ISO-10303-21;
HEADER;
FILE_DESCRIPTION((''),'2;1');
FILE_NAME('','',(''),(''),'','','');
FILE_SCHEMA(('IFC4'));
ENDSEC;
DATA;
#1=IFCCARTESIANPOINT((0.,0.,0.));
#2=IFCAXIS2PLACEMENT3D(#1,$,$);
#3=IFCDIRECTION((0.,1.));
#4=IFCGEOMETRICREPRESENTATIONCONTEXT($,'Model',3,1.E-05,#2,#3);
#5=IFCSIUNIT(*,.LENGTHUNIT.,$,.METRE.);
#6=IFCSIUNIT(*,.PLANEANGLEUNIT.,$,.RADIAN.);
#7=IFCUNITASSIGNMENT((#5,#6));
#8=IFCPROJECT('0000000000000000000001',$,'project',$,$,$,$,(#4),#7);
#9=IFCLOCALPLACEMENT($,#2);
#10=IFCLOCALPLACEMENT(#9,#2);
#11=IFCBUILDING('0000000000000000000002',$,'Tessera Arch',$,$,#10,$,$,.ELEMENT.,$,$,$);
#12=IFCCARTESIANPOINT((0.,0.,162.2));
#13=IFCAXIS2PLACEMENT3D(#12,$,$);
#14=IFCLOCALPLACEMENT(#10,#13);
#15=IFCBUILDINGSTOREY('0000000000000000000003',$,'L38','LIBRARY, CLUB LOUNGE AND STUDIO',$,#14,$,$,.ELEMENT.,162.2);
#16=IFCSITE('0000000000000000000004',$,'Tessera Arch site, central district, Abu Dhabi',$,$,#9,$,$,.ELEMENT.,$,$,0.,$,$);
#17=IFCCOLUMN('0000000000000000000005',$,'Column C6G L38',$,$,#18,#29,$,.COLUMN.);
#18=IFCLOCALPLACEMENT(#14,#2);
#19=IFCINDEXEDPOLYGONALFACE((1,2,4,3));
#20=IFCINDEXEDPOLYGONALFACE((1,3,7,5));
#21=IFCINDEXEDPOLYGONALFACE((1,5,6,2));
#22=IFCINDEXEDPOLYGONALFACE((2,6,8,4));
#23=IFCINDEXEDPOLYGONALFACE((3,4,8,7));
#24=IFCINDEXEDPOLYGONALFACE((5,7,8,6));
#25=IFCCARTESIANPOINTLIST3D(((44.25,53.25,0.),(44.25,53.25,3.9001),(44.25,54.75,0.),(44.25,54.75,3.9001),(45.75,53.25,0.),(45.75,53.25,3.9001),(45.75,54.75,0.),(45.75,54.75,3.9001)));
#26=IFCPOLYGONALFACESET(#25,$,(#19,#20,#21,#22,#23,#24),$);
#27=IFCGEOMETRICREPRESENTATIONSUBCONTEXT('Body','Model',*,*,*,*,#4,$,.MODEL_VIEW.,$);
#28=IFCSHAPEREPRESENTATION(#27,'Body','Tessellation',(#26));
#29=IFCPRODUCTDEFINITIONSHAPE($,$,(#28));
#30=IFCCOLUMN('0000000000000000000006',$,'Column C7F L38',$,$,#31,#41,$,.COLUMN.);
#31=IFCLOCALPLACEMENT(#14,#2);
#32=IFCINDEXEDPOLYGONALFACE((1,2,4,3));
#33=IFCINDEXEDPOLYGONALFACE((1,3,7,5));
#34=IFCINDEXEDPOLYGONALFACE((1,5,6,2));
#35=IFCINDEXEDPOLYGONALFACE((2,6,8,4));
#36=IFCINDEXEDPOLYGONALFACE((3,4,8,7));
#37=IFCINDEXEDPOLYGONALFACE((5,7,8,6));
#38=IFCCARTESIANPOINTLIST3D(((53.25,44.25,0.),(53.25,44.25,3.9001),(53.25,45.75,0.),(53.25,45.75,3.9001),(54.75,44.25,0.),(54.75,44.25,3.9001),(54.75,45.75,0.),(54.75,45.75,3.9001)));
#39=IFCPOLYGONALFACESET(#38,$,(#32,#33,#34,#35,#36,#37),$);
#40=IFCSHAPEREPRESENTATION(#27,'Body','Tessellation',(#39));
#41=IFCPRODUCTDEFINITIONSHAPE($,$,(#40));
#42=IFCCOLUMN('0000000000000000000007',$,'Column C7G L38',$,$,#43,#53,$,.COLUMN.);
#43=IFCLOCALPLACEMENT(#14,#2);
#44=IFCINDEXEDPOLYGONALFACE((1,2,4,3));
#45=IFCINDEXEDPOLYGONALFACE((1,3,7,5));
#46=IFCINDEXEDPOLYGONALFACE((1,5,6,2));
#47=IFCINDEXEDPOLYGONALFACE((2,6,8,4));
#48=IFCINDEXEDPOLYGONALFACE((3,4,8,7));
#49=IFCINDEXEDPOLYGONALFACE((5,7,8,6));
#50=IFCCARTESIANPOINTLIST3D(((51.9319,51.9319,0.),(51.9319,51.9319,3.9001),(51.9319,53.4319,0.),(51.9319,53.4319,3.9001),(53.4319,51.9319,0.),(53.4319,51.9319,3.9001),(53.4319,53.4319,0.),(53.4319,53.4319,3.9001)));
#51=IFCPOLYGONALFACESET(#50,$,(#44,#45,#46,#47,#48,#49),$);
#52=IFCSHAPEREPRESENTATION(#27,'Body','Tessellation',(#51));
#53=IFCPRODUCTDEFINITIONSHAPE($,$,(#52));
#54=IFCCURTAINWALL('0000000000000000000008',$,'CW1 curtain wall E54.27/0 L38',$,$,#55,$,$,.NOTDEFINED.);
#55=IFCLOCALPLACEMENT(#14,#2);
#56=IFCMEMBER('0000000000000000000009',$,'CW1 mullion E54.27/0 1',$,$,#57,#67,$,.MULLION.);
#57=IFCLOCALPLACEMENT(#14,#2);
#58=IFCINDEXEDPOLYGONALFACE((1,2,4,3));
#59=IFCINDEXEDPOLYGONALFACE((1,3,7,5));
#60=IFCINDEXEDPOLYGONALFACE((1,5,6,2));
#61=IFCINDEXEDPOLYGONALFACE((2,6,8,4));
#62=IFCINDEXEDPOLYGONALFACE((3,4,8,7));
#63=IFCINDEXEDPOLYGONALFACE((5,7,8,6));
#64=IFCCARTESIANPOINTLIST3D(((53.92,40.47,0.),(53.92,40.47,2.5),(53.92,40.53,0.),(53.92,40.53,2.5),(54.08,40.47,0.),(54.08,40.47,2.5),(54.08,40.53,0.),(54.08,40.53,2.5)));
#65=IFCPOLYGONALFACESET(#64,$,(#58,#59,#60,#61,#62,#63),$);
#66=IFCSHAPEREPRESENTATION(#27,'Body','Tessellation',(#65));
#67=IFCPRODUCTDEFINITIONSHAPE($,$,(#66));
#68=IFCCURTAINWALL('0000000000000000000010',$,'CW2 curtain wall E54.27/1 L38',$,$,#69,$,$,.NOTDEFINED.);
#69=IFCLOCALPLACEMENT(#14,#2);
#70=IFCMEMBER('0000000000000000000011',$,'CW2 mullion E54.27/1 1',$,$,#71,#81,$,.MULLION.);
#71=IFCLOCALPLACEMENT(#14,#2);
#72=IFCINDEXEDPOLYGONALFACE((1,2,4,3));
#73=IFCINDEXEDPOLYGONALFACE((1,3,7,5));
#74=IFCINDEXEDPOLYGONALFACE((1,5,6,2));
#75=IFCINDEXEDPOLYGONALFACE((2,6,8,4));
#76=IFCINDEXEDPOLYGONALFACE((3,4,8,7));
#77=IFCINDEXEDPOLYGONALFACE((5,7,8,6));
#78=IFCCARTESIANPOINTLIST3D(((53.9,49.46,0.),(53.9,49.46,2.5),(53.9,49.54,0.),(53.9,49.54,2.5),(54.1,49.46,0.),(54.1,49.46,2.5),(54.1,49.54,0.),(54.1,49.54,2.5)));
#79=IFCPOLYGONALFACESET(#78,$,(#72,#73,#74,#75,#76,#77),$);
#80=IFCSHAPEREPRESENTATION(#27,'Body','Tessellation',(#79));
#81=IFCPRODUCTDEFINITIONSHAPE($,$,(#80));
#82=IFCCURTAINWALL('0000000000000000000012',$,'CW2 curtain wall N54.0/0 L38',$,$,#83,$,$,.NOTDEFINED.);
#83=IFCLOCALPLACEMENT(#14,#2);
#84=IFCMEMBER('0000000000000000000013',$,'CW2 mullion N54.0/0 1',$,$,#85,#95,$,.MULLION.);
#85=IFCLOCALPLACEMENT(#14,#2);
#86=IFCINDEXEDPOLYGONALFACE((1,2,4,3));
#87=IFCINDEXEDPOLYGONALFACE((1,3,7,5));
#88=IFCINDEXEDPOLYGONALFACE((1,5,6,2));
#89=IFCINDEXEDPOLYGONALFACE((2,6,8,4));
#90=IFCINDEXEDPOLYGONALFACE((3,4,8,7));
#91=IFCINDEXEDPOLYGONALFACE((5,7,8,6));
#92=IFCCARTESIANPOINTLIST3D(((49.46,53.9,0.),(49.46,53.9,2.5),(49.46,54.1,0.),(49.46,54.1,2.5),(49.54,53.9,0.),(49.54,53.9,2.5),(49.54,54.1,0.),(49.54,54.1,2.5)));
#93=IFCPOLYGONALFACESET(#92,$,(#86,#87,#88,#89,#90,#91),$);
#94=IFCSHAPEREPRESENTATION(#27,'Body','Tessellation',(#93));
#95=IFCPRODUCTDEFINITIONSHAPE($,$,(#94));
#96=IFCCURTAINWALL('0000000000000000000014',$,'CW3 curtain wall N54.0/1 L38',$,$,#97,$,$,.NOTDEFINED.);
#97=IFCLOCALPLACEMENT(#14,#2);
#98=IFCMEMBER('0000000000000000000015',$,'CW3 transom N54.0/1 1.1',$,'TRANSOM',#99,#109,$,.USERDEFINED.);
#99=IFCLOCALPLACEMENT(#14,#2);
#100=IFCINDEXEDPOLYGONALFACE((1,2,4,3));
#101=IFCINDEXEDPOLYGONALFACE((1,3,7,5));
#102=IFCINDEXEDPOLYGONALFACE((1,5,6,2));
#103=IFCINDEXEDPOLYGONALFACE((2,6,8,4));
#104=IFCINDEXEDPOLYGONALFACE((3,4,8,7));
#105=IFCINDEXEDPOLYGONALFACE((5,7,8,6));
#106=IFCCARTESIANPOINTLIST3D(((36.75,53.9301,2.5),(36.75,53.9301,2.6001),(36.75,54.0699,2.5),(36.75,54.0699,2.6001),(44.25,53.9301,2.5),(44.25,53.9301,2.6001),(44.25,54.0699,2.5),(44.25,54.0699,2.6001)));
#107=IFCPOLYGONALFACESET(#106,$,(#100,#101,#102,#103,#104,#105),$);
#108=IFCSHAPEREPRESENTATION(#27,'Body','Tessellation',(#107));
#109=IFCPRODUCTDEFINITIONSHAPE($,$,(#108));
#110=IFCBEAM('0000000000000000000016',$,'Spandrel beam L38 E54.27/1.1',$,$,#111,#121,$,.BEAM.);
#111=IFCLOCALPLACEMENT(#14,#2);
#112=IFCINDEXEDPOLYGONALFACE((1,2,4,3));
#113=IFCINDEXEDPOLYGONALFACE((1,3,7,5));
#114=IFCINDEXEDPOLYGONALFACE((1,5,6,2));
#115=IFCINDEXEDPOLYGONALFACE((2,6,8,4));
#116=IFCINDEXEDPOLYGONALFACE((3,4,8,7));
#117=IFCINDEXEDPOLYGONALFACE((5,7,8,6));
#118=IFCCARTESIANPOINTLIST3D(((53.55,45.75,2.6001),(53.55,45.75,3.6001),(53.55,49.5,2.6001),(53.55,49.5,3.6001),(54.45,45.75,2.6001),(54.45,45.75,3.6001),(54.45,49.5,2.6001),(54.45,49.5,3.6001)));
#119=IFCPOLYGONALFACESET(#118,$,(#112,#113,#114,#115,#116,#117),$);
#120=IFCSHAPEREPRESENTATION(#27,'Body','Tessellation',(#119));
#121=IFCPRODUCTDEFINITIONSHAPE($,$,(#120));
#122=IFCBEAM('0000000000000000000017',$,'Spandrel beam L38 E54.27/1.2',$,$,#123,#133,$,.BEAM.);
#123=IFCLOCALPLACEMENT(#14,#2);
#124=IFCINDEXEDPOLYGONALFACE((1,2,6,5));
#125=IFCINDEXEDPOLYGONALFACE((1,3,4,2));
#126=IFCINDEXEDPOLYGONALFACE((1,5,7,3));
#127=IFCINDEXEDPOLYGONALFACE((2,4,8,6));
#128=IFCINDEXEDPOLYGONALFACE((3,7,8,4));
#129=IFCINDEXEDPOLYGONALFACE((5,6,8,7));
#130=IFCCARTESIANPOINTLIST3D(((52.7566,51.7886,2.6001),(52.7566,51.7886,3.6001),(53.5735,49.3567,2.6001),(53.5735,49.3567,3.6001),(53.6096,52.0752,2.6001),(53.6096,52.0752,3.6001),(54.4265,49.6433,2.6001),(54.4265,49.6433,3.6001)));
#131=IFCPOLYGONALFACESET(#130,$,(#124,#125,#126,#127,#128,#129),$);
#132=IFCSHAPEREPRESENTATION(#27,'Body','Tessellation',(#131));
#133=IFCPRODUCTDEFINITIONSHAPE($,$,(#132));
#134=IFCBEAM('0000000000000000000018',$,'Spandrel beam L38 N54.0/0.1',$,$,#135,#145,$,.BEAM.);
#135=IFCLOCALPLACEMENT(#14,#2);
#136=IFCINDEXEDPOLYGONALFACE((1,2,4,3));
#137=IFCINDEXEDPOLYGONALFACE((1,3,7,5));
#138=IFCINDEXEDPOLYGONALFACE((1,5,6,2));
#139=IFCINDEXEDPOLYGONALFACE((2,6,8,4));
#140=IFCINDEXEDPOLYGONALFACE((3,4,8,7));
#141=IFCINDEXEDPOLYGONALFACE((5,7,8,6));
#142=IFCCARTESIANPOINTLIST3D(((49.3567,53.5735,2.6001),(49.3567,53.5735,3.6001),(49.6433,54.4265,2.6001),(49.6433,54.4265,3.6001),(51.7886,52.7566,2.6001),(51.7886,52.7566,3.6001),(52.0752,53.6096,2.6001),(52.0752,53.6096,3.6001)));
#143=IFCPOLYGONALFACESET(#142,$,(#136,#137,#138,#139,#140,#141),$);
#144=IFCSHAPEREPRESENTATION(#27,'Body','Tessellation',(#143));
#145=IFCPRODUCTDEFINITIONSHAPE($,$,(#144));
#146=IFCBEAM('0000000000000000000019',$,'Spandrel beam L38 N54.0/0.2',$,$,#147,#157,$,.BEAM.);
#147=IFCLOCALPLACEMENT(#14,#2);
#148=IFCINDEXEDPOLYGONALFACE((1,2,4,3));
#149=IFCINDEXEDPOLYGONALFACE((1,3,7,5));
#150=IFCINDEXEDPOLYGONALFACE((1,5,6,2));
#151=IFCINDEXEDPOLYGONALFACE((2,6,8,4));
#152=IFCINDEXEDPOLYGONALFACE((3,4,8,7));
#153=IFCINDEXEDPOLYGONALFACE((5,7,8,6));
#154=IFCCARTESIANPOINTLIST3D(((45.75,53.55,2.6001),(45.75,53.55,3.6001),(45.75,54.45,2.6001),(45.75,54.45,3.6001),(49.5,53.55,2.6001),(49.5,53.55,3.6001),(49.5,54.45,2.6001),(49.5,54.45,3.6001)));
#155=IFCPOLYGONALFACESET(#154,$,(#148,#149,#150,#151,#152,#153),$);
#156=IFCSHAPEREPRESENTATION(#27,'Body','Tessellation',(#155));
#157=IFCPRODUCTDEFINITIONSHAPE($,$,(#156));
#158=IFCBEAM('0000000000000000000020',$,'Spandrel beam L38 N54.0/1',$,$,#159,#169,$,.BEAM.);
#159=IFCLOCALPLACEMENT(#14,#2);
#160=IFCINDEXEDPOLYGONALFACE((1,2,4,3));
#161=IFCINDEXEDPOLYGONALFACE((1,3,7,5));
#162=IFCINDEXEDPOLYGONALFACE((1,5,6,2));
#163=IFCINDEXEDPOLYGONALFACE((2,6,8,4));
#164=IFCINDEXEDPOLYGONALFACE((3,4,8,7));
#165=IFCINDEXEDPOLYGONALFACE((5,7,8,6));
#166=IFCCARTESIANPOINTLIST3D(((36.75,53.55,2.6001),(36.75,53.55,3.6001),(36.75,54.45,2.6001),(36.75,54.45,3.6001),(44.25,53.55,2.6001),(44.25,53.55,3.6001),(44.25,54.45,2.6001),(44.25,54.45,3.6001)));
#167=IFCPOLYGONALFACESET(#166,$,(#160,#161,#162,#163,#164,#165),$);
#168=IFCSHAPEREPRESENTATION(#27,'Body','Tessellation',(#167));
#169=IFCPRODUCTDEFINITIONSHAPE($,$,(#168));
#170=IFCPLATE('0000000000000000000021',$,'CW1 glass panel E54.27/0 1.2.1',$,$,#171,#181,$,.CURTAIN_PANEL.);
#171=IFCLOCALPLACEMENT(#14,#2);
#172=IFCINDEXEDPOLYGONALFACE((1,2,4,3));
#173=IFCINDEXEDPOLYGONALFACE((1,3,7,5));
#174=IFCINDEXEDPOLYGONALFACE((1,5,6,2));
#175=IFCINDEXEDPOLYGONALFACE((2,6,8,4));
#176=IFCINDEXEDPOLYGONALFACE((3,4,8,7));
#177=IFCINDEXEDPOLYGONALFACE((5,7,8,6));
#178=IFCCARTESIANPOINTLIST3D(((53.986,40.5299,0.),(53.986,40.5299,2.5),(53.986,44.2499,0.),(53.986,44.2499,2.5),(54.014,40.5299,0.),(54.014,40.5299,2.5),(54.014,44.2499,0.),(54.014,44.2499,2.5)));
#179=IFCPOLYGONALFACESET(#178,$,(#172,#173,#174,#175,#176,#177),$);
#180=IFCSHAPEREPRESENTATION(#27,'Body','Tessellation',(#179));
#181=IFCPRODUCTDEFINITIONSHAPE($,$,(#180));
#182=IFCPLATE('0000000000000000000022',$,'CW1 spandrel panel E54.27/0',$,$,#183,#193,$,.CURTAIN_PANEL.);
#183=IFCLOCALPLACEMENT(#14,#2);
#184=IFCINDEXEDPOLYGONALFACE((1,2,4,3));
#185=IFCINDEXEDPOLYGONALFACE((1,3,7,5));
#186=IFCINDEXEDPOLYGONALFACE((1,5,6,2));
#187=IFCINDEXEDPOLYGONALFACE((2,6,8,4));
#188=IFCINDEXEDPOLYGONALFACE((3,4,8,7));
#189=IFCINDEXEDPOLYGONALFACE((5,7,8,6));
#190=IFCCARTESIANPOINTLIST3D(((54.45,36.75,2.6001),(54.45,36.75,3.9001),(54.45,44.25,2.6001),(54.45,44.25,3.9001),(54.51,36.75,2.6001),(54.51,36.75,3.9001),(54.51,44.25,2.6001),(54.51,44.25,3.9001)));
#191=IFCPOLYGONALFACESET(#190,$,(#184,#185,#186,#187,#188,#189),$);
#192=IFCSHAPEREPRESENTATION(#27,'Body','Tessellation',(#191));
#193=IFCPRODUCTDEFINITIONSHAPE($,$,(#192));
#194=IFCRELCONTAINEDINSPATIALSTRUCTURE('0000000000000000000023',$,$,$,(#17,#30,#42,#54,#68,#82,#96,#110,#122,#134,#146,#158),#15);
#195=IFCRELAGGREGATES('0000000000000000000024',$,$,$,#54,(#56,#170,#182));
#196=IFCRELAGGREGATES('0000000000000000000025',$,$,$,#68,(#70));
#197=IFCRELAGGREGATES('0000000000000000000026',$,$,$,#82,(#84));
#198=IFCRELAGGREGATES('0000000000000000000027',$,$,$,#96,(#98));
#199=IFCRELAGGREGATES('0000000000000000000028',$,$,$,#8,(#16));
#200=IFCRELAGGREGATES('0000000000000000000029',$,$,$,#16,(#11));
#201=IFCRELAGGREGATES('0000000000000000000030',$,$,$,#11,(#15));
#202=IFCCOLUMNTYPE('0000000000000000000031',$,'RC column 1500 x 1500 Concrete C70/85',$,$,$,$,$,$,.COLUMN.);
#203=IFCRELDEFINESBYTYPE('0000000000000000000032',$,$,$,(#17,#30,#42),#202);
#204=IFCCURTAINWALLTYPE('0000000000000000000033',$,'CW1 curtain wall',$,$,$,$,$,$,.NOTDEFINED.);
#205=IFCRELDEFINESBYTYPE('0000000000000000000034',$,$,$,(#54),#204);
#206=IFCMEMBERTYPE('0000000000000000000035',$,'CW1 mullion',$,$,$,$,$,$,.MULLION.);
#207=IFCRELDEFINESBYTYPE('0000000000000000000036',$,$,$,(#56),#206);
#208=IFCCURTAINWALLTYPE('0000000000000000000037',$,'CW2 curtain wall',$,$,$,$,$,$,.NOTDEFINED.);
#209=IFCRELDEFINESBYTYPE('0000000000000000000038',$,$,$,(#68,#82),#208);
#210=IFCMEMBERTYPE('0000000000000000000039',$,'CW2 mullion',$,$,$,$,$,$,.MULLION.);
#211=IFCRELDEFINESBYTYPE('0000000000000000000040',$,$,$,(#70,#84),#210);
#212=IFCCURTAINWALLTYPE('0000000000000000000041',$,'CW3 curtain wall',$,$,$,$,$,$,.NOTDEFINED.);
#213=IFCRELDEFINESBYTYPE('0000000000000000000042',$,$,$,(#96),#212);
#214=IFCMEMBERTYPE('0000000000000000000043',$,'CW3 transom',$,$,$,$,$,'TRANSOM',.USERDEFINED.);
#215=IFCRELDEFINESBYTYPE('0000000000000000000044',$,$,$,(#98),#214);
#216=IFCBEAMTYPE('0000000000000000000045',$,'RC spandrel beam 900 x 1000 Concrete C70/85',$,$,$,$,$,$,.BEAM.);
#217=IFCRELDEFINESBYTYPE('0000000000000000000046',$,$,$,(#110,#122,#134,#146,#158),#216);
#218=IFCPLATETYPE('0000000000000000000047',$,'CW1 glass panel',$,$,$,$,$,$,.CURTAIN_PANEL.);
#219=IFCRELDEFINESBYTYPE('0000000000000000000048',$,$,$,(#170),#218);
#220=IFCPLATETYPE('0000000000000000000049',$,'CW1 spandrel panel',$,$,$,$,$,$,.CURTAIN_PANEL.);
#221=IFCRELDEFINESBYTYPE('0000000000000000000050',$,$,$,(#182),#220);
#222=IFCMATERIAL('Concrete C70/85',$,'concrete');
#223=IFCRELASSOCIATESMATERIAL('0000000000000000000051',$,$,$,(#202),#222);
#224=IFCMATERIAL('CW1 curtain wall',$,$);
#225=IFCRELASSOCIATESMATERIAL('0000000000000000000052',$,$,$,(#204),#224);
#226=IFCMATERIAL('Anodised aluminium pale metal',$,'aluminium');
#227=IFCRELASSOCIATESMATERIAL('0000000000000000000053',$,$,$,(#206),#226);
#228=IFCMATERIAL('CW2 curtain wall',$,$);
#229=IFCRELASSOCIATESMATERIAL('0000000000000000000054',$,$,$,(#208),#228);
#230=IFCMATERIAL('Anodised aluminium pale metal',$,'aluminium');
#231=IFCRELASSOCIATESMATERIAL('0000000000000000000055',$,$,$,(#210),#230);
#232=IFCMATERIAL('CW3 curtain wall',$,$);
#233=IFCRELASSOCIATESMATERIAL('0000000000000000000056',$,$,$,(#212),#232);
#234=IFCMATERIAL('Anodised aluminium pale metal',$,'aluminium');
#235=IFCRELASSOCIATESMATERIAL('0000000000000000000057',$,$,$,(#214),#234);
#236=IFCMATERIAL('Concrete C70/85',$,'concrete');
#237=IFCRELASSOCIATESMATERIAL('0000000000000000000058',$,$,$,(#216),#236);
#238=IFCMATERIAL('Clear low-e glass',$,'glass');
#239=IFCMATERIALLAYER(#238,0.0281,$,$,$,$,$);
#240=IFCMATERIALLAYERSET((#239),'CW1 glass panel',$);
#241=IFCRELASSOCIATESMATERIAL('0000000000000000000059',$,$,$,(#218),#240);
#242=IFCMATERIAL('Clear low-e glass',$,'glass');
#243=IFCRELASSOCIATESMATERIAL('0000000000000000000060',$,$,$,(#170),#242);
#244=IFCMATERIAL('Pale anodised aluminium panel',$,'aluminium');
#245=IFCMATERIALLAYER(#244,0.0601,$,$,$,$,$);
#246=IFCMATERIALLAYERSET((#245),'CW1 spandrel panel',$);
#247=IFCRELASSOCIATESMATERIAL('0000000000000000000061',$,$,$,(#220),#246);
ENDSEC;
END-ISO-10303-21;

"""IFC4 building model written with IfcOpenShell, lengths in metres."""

from ifc_helpers import new_model, si_unit, direction, frame, origin, origin_2d, place, context, subcontext, project, spatial, rectangle, extrude, material, layer, layer_set, material_profile, profile_set, type_object, element, aggregate, save


model = new_model("IFC4")

# Units and contexts
model_context = context("Model", 3, precision=1e-05, world=origin(), true_north=direction((0.0, 1.0)))
body_context = subcontext(model_context, "Body", "Model", "MODEL_VIEW")
ifc_project = project(units=[si_unit("LENGTHUNIT", "METRE"), si_unit("PLANEANGLEUNIT", "RADIAN")], contexts=[model_context])

# Site, building, storey
site_placement = place(None, origin())
site = spatial("IfcSite", under=ifc_project, at=site_placement, Name="Tessera Arch site, central district, Abu Dhabi", CompositionType="ELEMENT", RefElevation=0.0)
building_placement = place(site_placement, origin())
building = spatial("IfcBuilding", under=site, at=building_placement, Name="Tessera Arch", CompositionType="ELEMENT")
storey_placement = place(building_placement, frame((0.0, 0.0, 162.2)))
storey = spatial("IfcBuildingStorey", under=building, at=storey_placement, Name="L38", Description="LIBRARY, CLUB LOUNGE AND STUDIO", CompositionType="ELEMENT", Elevation=162.2)

# Columns
ifc_material_1 = material(Name="Concrete C70/85", Category="concrete")
ifc_material_profile_1 = material_profile(ifc_material_1, rectangle(XDim=1.5, YDim=1.5, at=origin_2d()), Name="RC column 1500 x 1500 Concrete C70/85")
ifc_profile_set_1 = profile_set([ifc_material_profile_1], Name="Concrete C70/85")
column_type = type_object("IfcColumnType", Name="RC column 1500 x 1500 Concrete C70/85", PredefinedType="COLUMN", material=ifc_profile_set_1)
for number, where, z_axis, x_axis, name in (
    (1, (45.0, 54.0, 0.0), (0.0, 0.0, 1.0), (1.0, 0.0, 0.0), "Column C6G L38"),
    (2, (54.0, 45.0, 0.0), (0.0, 0.0, 1.0), (1.0, 0.0, 0.0), "Column C7F L38"),
    (3, (52.6819, 52.6819, 0.0), (0.0, 0.0, 1.0), (1.0, 0.0, 0.0), "Column C7G L38"),
):
    element("IfcColumn", number, at=place(storey_placement, frame(where, z_axis=z_axis, x_axis=x_axis)), inside=storey, type_object=column_type, Name=name, PredefinedType="COLUMN", context=body_context, shape_type="SweptSolid", body=[
        extrude(rectangle(XDim=1.5, YDim=1.5, at=origin_2d()), origin(), (0.0, 0.0, 1.0), 3.9001),
    ])

# Curtain walls, members
ifc_material_2 = material(Name="CW1 curtain wall")
curtain_wall_type_1 = type_object("IfcCurtainWallType", Name="CW1 curtain wall", PredefinedType="NOTDEFINED", material=ifc_material_2)
curtain_wall_1_placement = place(storey_placement, origin())
curtain_wall_1 = element("IfcCurtainWall", 4, at=curtain_wall_1_placement, inside=storey, type_object=curtain_wall_type_1, Name="CW1 curtain wall E54.27/0 L38", PredefinedType="NOTDEFINED")
ifc_material_3 = material(Name="Anodised aluminium pale metal", Category="aluminium")
ifc_material_profile_2 = material_profile(ifc_material_3, rectangle(XDim=0.1599, YDim=0.0601, at=origin_2d()), Name="AL 60x160")
ifc_profile_set_2 = profile_set([ifc_material_profile_2], Name="Anodised aluminium pale metal")
member_type_1 = type_object("IfcMemberType", Name="CW1 mullion", PredefinedType="MULLION", material=ifc_profile_set_2)
member_1_placement = place(storey_placement, frame((54.0, 40.5, 0.0), z_axis=(0.0, 0.0, 1.0), x_axis=(-1.0, 0.0, 0.0)))
member_1 = element("IfcMember", 5, at=member_1_placement, type_object=member_type_1, Name="CW1 mullion E54.27/0 1", PredefinedType="MULLION", context=body_context, shape_type="SweptSolid", body=[
    extrude(rectangle(XDim=0.1599, YDim=0.0601, at=origin_2d()), origin(), (0.0, 0.0, 1.0), 2.5),
])
ifc_material_4 = material(Name="CW2 curtain wall")
curtain_wall_type_2 = type_object("IfcCurtainWallType", Name="CW2 curtain wall", PredefinedType="NOTDEFINED", material=ifc_material_4)
curtain_wall_2_placement = place(storey_placement, origin())
curtain_wall_2 = element("IfcCurtainWall", 6, at=curtain_wall_2_placement, inside=storey, type_object=curtain_wall_type_2, Name="CW2 curtain wall E54.27/1 L38", PredefinedType="NOTDEFINED")
ifc_material_5 = material(Name="Anodised aluminium pale metal", Category="aluminium")
ifc_material_profile_3 = material_profile(ifc_material_5, rectangle(XDim=0.2, YDim=0.0801, at=origin_2d()), Name="AL 80x200")
ifc_profile_set_3 = profile_set([ifc_material_profile_3], Name="Anodised aluminium pale metal")
member_type_2 = type_object("IfcMemberType", Name="CW2 mullion", PredefinedType="MULLION", material=ifc_profile_set_3)
member_2_placement = place(storey_placement, frame((54.0, 49.5, 0.0), z_axis=(0.0, 0.0, 1.0), x_axis=(-1.0, 0.0, 0.0)))
member_2 = element("IfcMember", 7, at=member_2_placement, type_object=member_type_2, Name="CW2 mullion E54.27/1 1", PredefinedType="MULLION", context=body_context, shape_type="SweptSolid", body=[
    extrude(rectangle(XDim=0.2, YDim=0.0801, at=origin_2d()), origin(), (0.0, 0.0, 1.0), 2.5),
])
curtain_wall_3_placement = place(storey_placement, origin())
curtain_wall_3 = element("IfcCurtainWall", 8, at=curtain_wall_3_placement, inside=storey, type_object=curtain_wall_type_2, Name="CW2 curtain wall N54.0/0 L38", PredefinedType="NOTDEFINED")
member_3_placement = place(storey_placement, frame((49.5, 54.0, 0.0), z_axis=(0.0, 0.0, 1.0), x_axis=(0.0, -1.0, 0.0)))
member_3 = element("IfcMember", 9, at=member_3_placement, type_object=member_type_2, Name="CW2 mullion N54.0/0 1", PredefinedType="MULLION", context=body_context, shape_type="SweptSolid", body=[
    extrude(rectangle(XDim=0.2, YDim=0.0801, at=origin_2d()), origin(), (0.0, 0.0, 1.0), 2.5),
])
ifc_material_6 = material(Name="CW3 curtain wall")
curtain_wall_type_3 = type_object("IfcCurtainWallType", Name="CW3 curtain wall", PredefinedType="NOTDEFINED", material=ifc_material_6)
curtain_wall_4_placement = place(storey_placement, origin())
curtain_wall_4 = element("IfcCurtainWall", 10, at=curtain_wall_4_placement, inside=storey, type_object=curtain_wall_type_3, Name="CW3 curtain wall N54.0/1 L38", PredefinedType="NOTDEFINED")
ifc_material_7 = material(Name="Anodised aluminium pale metal", Category="aluminium")
ifc_material_profile_4 = material_profile(ifc_material_7, rectangle(XDim=0.1399, YDim=0.1001, at=origin_2d()), Name="AL 140x100")
ifc_profile_set_4 = profile_set([ifc_material_profile_4], Name="Anodised aluminium pale metal")
member_type_3 = type_object("IfcMemberType", Name="CW3 transom", ElementType="TRANSOM", PredefinedType="USERDEFINED", material=ifc_profile_set_4)
member_4_placement = place(storey_placement, frame((44.25, 54.0, 2.55), z_axis=(-1.0, 0.0, 0.0), x_axis=(0.0, -1.0, 0.0)))
member_4 = element("IfcMember", 11, at=member_4_placement, type_object=member_type_3, Name="CW3 transom N54.0/1 1.1", ObjectType="TRANSOM", PredefinedType="USERDEFINED", context=body_context, shape_type="SweptSolid", body=[
    extrude(rectangle(XDim=0.1399, YDim=0.1001, at=origin_2d()), origin(), (0.0, 0.0, 1.0), 7.5),
])

# Beams
ifc_material_8 = material(Name="Concrete C70/85", Category="concrete")
ifc_material_profile_5 = material_profile(ifc_material_8, rectangle(XDim=0.8999, YDim=1.0, at=origin_2d()), Name="RC spandrel beam 900 x 1000 Concrete C70/85")
ifc_profile_set_5 = profile_set([ifc_material_profile_5], Name="Concrete C70/85")
beam_type = type_object("IfcBeamType", Name="RC spandrel beam 900 x 1000 Concrete C70/85", PredefinedType="BEAM", material=ifc_profile_set_5)
beam_1_placement = place(storey_placement, frame((54.0, 45.75, 3.1001), z_axis=(0.0, 1.0, 0.0), x_axis=(-1.0, 0.0, 0.0)))
element("IfcBeam", 12, at=beam_1_placement, inside=storey, type_object=beam_type, Name="Spandrel beam L38 E54.27/1.1", PredefinedType="BEAM", context=body_context, shape_type="SweptSolid", body=[
    extrude(rectangle(XDim=0.8999, YDim=1.0, at=origin_2d()), origin(), (0.0, 0.0, 1.0), 3.75),
])
for number, where, z_axis, x_axis, name in (
    (13, (54.0, 49.5, 3.1001), (-0.318425, 0.947948, 0.0), (-0.947948, -0.318425, 0.0), "Spandrel beam L38 E54.27/1.2"),
    (14, (51.9319, 53.1831, 3.1001), (-0.947948, 0.318425, 0.0), (-0.318425, -0.947948, 0.0), "Spandrel beam L38 N54.0/0.1"),
):
    element("IfcBeam", number, at=place(storey_placement, frame(where, z_axis=z_axis, x_axis=x_axis)), inside=storey, type_object=beam_type, Name=name, PredefinedType="BEAM", context=body_context, shape_type="SweptSolid", body=[
        extrude(rectangle(XDim=0.8999, YDim=1.0, at=origin_2d()), origin(), (0.0, 0.0, 1.0), 2.5654),
    ])
beam_2_placement = place(storey_placement, frame((49.5, 54.0, 3.1001), z_axis=(-1.0, 0.0, 0.0), x_axis=(0.0, -1.0, 0.0)))
element("IfcBeam", 15, at=beam_2_placement, inside=storey, type_object=beam_type, Name="Spandrel beam L38 N54.0/0.2", PredefinedType="BEAM", context=body_context, shape_type="SweptSolid", body=[
    extrude(rectangle(XDim=0.8999, YDim=1.0, at=origin_2d()), origin(), (0.0, 0.0, 1.0), 3.75),
])
beam_3_placement = place(storey_placement, frame((44.25, 54.0, 3.1001), z_axis=(-1.0, 0.0, 0.0), x_axis=(0.0, -1.0, 0.0)))
element("IfcBeam", 16, at=beam_3_placement, inside=storey, type_object=beam_type, Name="Spandrel beam L38 N54.0/1", PredefinedType="BEAM", context=body_context, shape_type="SweptSolid", body=[
    extrude(rectangle(XDim=0.8999, YDim=1.0, at=origin_2d()), origin(), (0.0, 0.0, 1.0), 7.5),
])

# Plates
ifc_material_9 = material(Name="Clear low-e glass", Category="glass")
ifc_material_10 = material(Name="Clear low-e glass", Category="glass")
ifc_layer_1 = layer(ifc_material_10, 0.0281)
ifc_layer_set_1 = layer_set([ifc_layer_1], Name="CW1 glass panel")
plate_type_1 = type_object("IfcPlateType", Name="CW1 glass panel", PredefinedType="CURTAIN_PANEL", material=ifc_layer_set_1)
plate_1_placement = place(storey_placement, frame((54.0, 42.3899, 0.0), z_axis=(0.0, 0.0, 1.0), x_axis=(0.0, 1.0, 0.0)))
plate_1 = element("IfcPlate", 17, at=plate_1_placement, type_object=plate_type_1, material=ifc_material_9, Name="CW1 glass panel E54.27/0 1.2.1", PredefinedType="CURTAIN_PANEL", context=body_context, shape_type="SweptSolid", body=[
    extrude(rectangle(XDim=3.72, YDim=0.0281, at=origin_2d()), origin(), (0.0, 0.0, 1.0), 2.5),
])
ifc_material_11 = material(Name="Pale anodised aluminium panel", Category="aluminium")
ifc_layer_2 = layer(ifc_material_11, 0.0601)
ifc_layer_set_2 = layer_set([ifc_layer_2], Name="CW1 spandrel panel")
plate_type_2 = type_object("IfcPlateType", Name="CW1 spandrel panel", PredefinedType="CURTAIN_PANEL", material=ifc_layer_set_2)
plate_2_placement = place(storey_placement, frame((54.48, 40.5, 2.6001), z_axis=(0.0, 0.0, 1.0), x_axis=(0.0, 1.0, 0.0)))
plate_2 = element("IfcPlate", 18, at=plate_2_placement, type_object=plate_type_2, Name="CW1 spandrel panel E54.27/0", PredefinedType="CURTAIN_PANEL", context=body_context, shape_type="SweptSolid", body=[
    extrude(rectangle(XDim=7.5, YDim=0.0601, at=origin_2d()), origin(), (0.0, 0.0, 1.0), 1.3),
])
aggregate(curtain_wall_1, [member_1, plate_1, plate_2])
aggregate(curtain_wall_2, [member_2])
aggregate(curtain_wall_3, [member_3])
aggregate(curtain_wall_4, [member_4])

save(model, "model.ifc")
